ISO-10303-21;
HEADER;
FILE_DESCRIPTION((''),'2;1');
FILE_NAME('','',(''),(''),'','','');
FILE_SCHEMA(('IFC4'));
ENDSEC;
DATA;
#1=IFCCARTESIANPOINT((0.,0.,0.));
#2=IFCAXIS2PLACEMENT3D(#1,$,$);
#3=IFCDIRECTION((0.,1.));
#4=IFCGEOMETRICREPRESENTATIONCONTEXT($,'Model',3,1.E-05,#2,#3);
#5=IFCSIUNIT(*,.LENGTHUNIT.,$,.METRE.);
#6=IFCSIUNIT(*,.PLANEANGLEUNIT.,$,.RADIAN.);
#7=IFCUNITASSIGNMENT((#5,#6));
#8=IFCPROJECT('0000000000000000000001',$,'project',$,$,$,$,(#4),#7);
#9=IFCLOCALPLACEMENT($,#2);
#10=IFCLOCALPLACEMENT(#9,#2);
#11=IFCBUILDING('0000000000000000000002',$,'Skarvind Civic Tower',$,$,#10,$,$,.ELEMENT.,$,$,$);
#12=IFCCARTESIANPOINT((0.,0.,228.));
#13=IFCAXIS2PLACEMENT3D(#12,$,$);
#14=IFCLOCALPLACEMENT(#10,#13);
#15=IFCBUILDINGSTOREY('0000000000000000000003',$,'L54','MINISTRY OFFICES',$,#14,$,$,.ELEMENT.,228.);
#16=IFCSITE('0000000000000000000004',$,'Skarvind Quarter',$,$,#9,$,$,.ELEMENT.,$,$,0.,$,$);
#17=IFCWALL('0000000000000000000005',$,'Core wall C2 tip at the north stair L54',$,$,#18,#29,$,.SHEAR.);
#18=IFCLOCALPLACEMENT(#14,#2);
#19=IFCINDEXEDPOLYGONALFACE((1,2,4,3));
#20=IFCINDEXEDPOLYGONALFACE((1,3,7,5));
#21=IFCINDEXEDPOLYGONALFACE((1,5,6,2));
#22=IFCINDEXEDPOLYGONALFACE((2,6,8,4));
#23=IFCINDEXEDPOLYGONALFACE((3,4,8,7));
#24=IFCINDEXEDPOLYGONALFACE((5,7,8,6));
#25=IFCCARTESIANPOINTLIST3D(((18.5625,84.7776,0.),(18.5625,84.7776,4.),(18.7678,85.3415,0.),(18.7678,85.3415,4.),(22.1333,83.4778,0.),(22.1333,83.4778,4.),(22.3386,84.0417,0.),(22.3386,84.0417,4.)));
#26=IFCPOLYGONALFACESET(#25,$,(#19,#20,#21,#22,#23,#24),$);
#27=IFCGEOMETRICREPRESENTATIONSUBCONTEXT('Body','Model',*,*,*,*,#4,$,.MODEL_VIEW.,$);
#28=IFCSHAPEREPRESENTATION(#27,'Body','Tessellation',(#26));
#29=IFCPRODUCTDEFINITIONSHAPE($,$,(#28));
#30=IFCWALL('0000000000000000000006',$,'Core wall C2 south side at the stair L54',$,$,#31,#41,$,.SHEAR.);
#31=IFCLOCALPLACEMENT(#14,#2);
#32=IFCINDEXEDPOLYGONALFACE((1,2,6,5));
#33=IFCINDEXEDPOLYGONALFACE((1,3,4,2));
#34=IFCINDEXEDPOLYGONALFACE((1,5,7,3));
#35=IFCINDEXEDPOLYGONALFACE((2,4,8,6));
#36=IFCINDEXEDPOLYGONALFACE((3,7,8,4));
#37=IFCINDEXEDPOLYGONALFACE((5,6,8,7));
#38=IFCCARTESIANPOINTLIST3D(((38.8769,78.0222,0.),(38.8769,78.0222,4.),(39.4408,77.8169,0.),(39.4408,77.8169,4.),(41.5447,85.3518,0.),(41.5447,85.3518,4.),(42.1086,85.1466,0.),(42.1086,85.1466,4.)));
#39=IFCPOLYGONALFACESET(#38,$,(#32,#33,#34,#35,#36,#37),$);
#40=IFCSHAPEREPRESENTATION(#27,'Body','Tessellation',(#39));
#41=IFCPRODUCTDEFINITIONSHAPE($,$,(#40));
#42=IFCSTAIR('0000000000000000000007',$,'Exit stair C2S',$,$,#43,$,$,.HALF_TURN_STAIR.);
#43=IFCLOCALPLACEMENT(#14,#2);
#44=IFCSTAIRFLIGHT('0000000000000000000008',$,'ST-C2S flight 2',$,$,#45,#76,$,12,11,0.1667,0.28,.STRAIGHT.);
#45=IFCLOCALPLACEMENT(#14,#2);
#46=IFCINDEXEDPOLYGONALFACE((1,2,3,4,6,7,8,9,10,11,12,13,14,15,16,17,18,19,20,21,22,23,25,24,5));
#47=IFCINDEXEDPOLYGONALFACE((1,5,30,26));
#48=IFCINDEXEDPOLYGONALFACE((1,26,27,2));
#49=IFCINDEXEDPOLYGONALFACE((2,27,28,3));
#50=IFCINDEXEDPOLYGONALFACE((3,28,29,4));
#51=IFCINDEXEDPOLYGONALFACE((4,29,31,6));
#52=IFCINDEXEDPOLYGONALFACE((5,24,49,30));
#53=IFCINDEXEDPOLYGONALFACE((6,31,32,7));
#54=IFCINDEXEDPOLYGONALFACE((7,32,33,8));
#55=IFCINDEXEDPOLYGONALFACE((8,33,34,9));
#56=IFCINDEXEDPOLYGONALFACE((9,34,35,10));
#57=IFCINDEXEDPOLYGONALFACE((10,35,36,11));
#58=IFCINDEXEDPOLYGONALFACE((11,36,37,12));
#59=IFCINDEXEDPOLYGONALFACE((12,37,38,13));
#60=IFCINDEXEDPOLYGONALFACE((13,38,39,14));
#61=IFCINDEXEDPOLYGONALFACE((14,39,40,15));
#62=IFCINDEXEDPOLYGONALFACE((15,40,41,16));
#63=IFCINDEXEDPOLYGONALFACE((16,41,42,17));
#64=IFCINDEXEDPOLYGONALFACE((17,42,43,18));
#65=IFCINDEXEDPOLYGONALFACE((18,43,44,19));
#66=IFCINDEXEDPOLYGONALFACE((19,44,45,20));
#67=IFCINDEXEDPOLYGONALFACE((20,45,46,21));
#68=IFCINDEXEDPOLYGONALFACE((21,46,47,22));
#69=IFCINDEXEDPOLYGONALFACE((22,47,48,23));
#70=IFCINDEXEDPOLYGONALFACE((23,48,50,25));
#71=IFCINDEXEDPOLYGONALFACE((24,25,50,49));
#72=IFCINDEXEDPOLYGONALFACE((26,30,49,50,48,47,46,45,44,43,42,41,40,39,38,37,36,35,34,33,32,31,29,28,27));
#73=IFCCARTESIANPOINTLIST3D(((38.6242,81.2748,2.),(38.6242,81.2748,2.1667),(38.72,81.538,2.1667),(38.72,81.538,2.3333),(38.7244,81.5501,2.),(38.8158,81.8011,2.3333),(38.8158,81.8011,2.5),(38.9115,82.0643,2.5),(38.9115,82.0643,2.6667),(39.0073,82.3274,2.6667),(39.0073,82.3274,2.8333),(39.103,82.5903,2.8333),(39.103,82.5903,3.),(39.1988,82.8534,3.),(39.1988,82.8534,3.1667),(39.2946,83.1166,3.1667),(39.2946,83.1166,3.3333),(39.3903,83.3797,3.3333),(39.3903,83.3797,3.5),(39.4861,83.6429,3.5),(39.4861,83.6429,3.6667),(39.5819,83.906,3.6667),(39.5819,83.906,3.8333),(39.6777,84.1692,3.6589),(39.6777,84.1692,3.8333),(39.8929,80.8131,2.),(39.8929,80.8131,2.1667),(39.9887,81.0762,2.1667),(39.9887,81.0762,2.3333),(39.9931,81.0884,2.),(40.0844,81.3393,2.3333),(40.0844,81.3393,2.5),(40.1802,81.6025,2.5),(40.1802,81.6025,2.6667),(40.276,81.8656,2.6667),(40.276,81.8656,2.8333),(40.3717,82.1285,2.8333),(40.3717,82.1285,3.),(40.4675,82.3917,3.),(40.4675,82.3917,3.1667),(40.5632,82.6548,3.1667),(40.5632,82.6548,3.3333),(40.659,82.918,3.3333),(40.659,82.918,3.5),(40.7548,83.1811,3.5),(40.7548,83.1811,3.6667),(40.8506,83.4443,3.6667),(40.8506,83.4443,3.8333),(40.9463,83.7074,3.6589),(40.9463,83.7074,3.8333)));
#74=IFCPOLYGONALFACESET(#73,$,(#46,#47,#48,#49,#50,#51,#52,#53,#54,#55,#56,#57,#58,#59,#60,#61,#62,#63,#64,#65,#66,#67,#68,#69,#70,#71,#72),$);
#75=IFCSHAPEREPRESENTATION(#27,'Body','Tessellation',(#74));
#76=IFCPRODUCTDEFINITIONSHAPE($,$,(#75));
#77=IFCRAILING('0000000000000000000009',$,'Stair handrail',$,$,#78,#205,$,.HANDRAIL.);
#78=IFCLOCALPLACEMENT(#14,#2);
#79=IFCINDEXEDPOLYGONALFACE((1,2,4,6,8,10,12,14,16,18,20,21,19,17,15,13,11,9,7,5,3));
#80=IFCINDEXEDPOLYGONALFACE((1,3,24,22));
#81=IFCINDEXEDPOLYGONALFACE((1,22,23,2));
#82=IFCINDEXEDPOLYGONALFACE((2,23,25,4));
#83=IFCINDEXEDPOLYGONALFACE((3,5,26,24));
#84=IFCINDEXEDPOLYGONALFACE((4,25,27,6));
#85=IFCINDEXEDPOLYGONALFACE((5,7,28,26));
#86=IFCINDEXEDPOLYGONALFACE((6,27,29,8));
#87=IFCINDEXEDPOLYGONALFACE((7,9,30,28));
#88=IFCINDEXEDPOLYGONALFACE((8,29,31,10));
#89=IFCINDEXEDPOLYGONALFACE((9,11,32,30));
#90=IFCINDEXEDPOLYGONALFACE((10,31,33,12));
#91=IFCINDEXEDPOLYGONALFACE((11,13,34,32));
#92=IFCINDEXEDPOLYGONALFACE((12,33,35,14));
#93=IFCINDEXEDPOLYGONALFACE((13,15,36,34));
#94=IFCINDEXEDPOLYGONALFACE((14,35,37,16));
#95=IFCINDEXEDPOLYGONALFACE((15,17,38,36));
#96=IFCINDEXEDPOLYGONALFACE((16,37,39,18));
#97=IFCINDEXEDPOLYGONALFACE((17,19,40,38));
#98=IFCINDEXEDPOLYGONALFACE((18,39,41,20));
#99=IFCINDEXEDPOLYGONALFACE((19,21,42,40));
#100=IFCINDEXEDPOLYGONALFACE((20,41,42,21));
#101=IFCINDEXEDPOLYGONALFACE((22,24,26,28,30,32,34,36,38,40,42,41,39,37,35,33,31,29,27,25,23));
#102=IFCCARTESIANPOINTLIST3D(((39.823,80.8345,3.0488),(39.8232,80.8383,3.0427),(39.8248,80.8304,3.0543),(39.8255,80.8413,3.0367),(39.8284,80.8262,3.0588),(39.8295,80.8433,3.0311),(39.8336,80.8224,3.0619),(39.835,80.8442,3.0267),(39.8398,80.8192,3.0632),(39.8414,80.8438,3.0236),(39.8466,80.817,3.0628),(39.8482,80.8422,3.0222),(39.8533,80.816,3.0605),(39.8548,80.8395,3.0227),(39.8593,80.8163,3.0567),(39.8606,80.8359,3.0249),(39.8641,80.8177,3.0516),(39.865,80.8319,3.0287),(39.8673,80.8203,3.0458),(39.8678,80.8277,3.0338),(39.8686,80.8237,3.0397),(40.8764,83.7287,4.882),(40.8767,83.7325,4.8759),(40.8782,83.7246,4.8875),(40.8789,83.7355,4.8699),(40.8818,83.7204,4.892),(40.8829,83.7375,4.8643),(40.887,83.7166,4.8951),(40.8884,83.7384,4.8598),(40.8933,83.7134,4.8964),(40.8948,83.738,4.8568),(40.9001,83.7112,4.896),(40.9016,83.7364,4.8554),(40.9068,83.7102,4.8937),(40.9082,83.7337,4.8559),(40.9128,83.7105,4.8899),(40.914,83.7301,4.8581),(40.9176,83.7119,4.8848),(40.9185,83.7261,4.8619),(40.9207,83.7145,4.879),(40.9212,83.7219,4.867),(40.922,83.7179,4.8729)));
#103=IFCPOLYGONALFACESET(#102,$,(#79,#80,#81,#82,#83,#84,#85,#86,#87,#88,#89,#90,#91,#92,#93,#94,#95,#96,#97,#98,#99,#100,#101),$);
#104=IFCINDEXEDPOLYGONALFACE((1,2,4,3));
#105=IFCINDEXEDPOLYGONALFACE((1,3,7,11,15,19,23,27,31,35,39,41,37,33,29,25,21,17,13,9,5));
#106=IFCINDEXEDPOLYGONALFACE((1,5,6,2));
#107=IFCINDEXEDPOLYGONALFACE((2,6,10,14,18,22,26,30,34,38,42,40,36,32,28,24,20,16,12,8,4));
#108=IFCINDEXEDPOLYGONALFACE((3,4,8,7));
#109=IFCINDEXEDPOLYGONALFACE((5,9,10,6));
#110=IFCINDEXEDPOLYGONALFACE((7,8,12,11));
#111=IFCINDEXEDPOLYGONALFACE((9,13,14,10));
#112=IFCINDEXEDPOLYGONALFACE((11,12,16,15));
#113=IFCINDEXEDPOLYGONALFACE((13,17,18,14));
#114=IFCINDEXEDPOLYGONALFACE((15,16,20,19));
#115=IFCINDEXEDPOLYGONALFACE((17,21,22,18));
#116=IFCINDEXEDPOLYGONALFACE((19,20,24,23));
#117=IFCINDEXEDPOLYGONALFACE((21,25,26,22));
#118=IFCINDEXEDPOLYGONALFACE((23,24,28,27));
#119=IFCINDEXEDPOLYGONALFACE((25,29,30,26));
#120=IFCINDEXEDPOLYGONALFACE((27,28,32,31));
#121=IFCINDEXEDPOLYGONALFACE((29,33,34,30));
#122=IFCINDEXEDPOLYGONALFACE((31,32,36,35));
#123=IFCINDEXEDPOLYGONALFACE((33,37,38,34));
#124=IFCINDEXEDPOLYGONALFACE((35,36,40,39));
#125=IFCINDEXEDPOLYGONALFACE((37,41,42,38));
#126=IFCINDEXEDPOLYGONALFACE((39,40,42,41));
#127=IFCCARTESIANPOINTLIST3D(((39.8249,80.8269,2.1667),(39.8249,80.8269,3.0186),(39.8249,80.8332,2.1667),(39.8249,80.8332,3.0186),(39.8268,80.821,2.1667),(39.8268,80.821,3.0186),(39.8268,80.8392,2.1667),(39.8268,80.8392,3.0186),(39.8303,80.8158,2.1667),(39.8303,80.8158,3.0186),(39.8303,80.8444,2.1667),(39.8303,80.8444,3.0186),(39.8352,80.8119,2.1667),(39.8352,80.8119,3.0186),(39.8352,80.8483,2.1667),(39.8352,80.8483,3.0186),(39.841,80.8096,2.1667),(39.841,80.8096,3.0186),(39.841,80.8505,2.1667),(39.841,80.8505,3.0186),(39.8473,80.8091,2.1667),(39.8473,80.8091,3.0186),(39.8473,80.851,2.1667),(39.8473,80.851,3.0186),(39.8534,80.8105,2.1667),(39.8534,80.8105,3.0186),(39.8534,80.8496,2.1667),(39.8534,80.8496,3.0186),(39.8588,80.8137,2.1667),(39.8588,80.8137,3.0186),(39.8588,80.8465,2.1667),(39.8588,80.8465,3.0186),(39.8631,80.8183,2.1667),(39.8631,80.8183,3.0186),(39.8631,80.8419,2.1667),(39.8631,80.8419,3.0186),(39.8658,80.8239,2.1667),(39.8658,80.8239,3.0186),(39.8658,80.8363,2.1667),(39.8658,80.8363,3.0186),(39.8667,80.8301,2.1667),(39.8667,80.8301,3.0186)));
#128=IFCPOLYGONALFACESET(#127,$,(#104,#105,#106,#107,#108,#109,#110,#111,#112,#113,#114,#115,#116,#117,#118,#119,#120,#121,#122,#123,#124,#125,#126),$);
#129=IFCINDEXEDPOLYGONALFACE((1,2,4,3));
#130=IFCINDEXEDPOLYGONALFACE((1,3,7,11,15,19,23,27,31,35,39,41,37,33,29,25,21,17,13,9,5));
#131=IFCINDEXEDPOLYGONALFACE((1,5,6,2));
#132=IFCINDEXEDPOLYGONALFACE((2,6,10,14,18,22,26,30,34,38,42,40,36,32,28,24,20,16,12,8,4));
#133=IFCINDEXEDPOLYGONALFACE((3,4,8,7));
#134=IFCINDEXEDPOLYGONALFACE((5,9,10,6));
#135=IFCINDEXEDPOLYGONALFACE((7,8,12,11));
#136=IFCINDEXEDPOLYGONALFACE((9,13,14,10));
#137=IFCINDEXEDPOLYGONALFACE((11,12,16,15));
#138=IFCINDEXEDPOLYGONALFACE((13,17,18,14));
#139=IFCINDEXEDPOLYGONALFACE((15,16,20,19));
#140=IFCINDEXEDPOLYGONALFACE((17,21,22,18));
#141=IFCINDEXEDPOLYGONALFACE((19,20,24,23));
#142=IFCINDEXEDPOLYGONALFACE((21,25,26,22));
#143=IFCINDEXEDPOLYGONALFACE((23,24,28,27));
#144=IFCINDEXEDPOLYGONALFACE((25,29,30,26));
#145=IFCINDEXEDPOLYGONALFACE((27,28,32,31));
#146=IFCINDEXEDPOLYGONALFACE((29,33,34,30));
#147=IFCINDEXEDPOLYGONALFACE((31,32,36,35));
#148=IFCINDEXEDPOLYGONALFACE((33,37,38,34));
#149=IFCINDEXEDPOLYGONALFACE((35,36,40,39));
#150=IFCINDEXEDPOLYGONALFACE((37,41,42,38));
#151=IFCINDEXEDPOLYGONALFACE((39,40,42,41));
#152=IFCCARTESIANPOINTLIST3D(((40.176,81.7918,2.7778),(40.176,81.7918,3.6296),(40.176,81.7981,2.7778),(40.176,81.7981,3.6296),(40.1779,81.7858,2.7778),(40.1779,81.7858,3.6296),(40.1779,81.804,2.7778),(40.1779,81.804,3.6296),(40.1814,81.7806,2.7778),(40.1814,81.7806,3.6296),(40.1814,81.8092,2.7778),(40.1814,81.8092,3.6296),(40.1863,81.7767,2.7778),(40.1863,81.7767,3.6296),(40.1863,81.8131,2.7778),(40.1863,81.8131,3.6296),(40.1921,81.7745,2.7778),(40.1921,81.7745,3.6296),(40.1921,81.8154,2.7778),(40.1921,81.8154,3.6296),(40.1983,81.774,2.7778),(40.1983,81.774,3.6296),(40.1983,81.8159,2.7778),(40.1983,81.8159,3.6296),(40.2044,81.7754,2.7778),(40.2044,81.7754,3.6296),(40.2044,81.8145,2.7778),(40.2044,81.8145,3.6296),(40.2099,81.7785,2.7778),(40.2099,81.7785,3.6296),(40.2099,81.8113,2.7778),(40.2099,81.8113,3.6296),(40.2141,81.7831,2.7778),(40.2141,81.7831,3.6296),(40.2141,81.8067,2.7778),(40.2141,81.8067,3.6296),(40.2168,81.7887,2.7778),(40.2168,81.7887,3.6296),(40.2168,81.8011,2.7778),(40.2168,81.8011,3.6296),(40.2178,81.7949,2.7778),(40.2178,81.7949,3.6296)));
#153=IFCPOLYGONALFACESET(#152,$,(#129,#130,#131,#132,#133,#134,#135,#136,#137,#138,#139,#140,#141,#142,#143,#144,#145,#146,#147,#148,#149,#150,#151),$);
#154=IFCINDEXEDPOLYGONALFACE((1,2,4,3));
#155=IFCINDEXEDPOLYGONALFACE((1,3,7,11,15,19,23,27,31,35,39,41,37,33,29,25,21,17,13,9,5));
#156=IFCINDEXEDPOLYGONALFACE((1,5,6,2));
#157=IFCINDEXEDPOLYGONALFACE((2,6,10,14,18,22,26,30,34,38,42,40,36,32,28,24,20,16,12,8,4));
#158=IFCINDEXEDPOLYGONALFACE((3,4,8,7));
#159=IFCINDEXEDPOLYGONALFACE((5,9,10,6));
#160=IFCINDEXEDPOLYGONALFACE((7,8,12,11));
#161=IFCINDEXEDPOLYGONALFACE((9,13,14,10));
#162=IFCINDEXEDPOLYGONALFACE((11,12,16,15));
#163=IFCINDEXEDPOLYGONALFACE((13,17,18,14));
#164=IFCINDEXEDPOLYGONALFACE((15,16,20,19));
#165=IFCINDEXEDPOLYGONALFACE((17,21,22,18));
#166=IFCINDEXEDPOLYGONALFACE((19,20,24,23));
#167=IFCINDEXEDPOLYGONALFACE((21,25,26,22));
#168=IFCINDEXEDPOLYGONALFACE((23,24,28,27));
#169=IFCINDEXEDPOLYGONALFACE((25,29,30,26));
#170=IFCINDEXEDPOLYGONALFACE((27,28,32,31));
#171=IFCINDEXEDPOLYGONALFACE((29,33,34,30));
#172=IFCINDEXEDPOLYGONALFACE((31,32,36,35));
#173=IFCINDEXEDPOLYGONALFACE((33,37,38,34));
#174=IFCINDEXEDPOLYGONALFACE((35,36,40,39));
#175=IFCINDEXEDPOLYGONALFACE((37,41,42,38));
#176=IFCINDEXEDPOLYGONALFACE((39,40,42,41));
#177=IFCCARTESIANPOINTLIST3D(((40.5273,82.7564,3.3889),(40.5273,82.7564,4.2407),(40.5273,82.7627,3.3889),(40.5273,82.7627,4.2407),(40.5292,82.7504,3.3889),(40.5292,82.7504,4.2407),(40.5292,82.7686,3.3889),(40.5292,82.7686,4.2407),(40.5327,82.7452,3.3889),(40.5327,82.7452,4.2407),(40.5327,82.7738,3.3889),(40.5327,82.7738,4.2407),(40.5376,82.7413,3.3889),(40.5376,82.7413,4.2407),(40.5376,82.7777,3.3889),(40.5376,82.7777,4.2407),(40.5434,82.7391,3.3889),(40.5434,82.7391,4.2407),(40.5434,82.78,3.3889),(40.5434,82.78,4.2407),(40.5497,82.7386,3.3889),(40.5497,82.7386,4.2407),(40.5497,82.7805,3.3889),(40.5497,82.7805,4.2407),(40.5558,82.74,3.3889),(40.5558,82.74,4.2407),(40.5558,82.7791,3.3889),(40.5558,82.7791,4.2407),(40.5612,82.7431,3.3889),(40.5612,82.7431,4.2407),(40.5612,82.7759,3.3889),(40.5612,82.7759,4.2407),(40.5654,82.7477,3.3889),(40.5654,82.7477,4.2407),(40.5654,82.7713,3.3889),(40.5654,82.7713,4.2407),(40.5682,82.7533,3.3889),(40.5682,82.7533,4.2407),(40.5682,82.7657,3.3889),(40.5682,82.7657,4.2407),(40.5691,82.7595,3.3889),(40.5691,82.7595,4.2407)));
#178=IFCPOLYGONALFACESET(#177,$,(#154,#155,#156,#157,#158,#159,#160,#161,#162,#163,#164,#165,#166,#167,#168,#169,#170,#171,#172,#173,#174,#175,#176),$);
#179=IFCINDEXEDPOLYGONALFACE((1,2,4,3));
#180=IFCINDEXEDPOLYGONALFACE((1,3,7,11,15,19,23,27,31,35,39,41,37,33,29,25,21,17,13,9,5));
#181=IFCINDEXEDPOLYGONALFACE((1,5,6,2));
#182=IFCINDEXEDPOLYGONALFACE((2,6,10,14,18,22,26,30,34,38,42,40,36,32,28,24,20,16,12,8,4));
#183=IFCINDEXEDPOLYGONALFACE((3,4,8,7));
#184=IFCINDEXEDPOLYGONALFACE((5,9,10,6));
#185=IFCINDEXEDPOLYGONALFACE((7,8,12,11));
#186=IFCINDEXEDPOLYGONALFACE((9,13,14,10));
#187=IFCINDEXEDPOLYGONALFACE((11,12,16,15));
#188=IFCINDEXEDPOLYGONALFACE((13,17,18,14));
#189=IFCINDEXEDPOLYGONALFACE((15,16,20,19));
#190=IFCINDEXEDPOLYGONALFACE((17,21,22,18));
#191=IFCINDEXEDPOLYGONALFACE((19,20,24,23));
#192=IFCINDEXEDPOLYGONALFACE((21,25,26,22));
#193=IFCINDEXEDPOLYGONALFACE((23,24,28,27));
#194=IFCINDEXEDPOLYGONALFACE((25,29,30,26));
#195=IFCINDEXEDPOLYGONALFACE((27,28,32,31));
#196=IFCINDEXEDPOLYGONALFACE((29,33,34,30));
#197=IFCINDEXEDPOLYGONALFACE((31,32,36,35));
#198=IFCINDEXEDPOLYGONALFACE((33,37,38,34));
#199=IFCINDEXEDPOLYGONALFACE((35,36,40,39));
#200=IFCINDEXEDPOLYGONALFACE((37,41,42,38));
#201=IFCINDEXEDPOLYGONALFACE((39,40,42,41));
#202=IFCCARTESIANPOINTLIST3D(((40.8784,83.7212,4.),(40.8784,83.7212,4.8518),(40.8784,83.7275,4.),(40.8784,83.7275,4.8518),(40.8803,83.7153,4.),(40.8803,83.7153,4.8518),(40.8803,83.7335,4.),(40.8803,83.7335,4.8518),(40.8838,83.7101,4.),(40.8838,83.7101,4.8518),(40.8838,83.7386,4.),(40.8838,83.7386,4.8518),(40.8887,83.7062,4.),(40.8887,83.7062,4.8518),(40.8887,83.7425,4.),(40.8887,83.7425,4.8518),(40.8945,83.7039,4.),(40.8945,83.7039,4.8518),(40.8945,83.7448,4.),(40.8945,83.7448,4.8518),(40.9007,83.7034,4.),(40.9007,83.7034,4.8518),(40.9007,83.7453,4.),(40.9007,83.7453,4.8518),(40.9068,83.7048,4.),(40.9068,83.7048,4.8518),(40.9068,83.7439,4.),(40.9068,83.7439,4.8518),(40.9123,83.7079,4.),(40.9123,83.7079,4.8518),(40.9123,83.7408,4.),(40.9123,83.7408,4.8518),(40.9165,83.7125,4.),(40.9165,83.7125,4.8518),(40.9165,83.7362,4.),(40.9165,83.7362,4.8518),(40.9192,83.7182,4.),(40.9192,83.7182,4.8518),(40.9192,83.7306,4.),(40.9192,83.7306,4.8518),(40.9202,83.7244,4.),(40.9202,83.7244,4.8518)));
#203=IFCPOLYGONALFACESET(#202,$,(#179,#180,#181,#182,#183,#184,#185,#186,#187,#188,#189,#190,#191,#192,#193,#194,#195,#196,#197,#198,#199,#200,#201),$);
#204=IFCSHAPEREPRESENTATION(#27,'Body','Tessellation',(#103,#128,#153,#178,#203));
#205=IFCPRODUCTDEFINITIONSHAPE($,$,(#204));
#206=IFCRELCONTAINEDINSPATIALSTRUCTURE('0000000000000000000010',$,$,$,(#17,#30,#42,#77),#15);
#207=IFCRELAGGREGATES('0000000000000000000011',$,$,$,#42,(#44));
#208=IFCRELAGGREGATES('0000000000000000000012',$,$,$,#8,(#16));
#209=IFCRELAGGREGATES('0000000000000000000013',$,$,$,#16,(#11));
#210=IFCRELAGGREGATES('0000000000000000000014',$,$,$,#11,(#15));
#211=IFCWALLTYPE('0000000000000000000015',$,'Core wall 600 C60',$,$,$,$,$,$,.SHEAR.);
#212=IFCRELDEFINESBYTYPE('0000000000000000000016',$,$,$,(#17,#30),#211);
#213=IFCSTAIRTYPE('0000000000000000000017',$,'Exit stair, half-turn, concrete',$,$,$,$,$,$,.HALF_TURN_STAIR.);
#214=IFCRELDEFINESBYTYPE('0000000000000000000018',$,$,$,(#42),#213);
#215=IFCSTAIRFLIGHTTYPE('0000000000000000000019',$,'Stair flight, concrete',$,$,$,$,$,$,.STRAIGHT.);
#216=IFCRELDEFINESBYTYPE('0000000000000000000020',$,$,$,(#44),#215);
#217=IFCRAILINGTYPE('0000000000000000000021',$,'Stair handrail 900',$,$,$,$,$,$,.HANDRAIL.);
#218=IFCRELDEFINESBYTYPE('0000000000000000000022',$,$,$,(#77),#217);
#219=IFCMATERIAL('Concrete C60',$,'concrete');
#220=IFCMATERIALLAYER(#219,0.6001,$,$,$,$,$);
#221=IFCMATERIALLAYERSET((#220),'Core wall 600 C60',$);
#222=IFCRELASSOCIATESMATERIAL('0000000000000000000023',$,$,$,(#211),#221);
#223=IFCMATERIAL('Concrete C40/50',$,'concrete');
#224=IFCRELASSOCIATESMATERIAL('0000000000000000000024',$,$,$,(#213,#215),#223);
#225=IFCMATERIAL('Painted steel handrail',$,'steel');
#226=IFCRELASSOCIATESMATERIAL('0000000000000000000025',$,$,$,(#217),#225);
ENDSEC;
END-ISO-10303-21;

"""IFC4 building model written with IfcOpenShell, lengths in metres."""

from ifc_helpers import new_model, si_unit, direction, frame, frame_2d, origin, origin_2d, place, context, subcontext, project, spatial, polyline, rectangle, circle, outline, extrude, material, layer, layer_set, type_object, element, aggregate, save


model = new_model("IFC4")

# Units and contexts
model_context = context("Model", 3, precision=1e-05, world=origin(), true_north=direction((0.0, 1.0)))
body_context = subcontext(model_context, "Body", "Model", "MODEL_VIEW")
ifc_project = project(units=[si_unit("LENGTHUNIT", "METRE"), si_unit("PLANEANGLEUNIT", "RADIAN")], contexts=[model_context])

# Site, building, storey
site_placement = place(None, origin())
site = spatial("IfcSite", under=ifc_project, at=site_placement, Name="Skarvind Quarter", CompositionType="ELEMENT", RefElevation=0.0)
building_placement = place(site_placement, origin())
building = spatial("IfcBuilding", under=site, at=building_placement, Name="Skarvind Civic Tower", CompositionType="ELEMENT")
storey_placement = place(building_placement, frame((0.0, 0.0, 228.0)))
storey = spatial("IfcBuildingStorey", under=building, at=storey_placement, Name="L54", Description="MINISTRY OFFICES", CompositionType="ELEMENT", Elevation=228.0)

# Shared definitions
ifc_material_1 = material(Name="Concrete C40/50", Category="concrete")

# Shared definitions
ifc_material_2 = material(Name="Concrete C60", Category="concrete")

# Walls
ifc_layer_1 = layer(ifc_material_2, 0.6001)
ifc_layer_set_1 = layer_set([ifc_layer_1], Name="Core wall 600 C60")
wall_type_1 = type_object("IfcWallType", Name="Core wall 600 C60", PredefinedType="SHEAR", material=ifc_layer_set_1)
for number, where, z_axis, x_axis, name in (
    (1, (22.2358, 83.7598, 0.0), (0.0, 0.0, 1.0), (-0.939681, 0.342053, 0.0), "Core wall C2 tip at the north stair L54"),
):
    element("IfcWall", number, at=place(storey_placement, frame(where, z_axis=z_axis, x_axis=x_axis)), inside=storey, type_object=wall_type_1, Name=name, PredefinedType="SHEAR", context=body_context, shape_type="SweptSolid", body=[
        extrude(rectangle(XDim=3.8, YDim=0.6001, at=frame_2d((1.8999, 0.0))), origin(), (0.0, 0.0, 1.0), 4.0),
    ])
wall_1_placement = place(storey_placement, frame((39.1589, 77.9197, 0.0), z_axis=(0.0, 0.0, 1.0), x_axis=(0.342017, 0.939694, 0.0)))
element("IfcWall", 2, at=wall_1_placement, inside=storey, type_object=wall_type_1, Name="Core wall C2 south side at the stair L54", PredefinedType="SHEAR", context=body_context, shape_type="SweptSolid", body=[
    extrude(rectangle(XDim=7.8, YDim=0.6001, at=frame_2d((3.8999, 0.0))), origin(), (0.0, 0.0, 1.0), 4.0),
])

# Stair, stair flight
stair_type_1 = type_object("IfcStairType", Name="Exit stair, half-turn, concrete", PredefinedType="HALF_TURN_STAIR", material=ifc_material_1)
stair_1_placement = place(storey_placement, origin())
stair_1 = element("IfcStair", 3, at=stair_1_placement, inside=storey, type_object=stair_type_1, Name="Exit stair C2S", PredefinedType="HALF_TURN_STAIR")
stair_flight_type = type_object("IfcStairFlightType", Name="Stair flight, concrete", PredefinedType="STRAIGHT", material=ifc_material_1)
stair_flight_placement = place(storey_placement, frame((39.2585, 81.0439, 2.0), z_axis=(0.0, 0.0, 1.0), x_axis=(0.34202, 0.939693, 0.0)))
stair_flight = element("IfcStairFlight", 4, at=stair_flight_placement, type_object=stair_flight_type, Name="ST-C2S flight 2", NumberOfRisers=12, NumberOfTreads=11, PredefinedType="STRAIGHT", RiserHeight=0.1667, TreadLength=0.28, context=body_context, shape_type="SweptSolid", body=[
    extrude(outline(polyline([(0.0, 0.0), (0.0, 0.1667), (0.28, 0.1667), (0.28, 0.3333), (0.5601, 0.3333), (0.5601, 0.5), (0.8401, 0.5), (0.8401, 0.6667), (1.1201, 0.6667), (1.1201, 0.8333), (1.3999, 0.8333), (1.3999, 1.0), (1.6799, 1.0), (1.6799, 1.1667), (1.96, 1.1667), (1.96, 1.3333), (2.24, 1.3333), (2.24, 1.5), (2.52, 1.5), (2.52, 1.6667), (2.8, 1.6667), (2.8, 1.8333), (3.0801, 1.8333), (3.0801, 2.0), (3.0801, 1.6589), (0.293, 0.0), (0.0, 0.0)])), frame((0.0, 0.675, 0.0), z_axis=(0.0, -1.0, 0.0), x_axis=(1.0, 0.0, 0.0)), (0.0, 0.0, 1.0), 1.3501),
])
aggregate(stair_1, [stair_flight])

# Railing
ifc_material_3 = material(Name="Painted steel handrail", Category="steel")
railing_type = type_object("IfcRailingType", Name="Stair handrail 900", PredefinedType="HANDRAIL", material=ifc_material_3)
railing_placement = place(storey_placement, frame((39.8457, 80.8301, 2.1667)))
element("IfcRailing", 5, at=railing_placement, inside=storey, type_object=railing_type, Name="Stair handrail", PredefinedType="HANDRAIL", context=body_context, shape_type="SweptSolid", body=[
    extrude(circle(Radius=0.0239, at=origin_2d()), frame((0.0, 0.0, 0.876), z_axis=(0.293908, 0.807481, 0.511461), x_axis=(-0.939689, 0.342029, 0.0)), (0.0, 0.0, 1.0), 3.5842),
    extrude(circle(Radius=0.021, at=origin_2d()), origin(), (0.0, 0.0, 1.0), 0.8518),
    extrude(circle(Radius=0.021, at=origin_2d()), frame((0.3511, 0.9648, 0.6111)), (0.0, 0.0, 1.0), 0.8518),
    extrude(circle(Radius=0.021, at=origin_2d()), frame((0.7024, 1.9294, 1.2222)), (0.0, 0.0, 1.0), 0.8518),
    extrude(circle(Radius=0.021, at=origin_2d()), frame((1.0535, 2.8943, 1.8333)), (0.0, 0.0, 1.0), 0.8518),
])

save(model, "model.ifc")
